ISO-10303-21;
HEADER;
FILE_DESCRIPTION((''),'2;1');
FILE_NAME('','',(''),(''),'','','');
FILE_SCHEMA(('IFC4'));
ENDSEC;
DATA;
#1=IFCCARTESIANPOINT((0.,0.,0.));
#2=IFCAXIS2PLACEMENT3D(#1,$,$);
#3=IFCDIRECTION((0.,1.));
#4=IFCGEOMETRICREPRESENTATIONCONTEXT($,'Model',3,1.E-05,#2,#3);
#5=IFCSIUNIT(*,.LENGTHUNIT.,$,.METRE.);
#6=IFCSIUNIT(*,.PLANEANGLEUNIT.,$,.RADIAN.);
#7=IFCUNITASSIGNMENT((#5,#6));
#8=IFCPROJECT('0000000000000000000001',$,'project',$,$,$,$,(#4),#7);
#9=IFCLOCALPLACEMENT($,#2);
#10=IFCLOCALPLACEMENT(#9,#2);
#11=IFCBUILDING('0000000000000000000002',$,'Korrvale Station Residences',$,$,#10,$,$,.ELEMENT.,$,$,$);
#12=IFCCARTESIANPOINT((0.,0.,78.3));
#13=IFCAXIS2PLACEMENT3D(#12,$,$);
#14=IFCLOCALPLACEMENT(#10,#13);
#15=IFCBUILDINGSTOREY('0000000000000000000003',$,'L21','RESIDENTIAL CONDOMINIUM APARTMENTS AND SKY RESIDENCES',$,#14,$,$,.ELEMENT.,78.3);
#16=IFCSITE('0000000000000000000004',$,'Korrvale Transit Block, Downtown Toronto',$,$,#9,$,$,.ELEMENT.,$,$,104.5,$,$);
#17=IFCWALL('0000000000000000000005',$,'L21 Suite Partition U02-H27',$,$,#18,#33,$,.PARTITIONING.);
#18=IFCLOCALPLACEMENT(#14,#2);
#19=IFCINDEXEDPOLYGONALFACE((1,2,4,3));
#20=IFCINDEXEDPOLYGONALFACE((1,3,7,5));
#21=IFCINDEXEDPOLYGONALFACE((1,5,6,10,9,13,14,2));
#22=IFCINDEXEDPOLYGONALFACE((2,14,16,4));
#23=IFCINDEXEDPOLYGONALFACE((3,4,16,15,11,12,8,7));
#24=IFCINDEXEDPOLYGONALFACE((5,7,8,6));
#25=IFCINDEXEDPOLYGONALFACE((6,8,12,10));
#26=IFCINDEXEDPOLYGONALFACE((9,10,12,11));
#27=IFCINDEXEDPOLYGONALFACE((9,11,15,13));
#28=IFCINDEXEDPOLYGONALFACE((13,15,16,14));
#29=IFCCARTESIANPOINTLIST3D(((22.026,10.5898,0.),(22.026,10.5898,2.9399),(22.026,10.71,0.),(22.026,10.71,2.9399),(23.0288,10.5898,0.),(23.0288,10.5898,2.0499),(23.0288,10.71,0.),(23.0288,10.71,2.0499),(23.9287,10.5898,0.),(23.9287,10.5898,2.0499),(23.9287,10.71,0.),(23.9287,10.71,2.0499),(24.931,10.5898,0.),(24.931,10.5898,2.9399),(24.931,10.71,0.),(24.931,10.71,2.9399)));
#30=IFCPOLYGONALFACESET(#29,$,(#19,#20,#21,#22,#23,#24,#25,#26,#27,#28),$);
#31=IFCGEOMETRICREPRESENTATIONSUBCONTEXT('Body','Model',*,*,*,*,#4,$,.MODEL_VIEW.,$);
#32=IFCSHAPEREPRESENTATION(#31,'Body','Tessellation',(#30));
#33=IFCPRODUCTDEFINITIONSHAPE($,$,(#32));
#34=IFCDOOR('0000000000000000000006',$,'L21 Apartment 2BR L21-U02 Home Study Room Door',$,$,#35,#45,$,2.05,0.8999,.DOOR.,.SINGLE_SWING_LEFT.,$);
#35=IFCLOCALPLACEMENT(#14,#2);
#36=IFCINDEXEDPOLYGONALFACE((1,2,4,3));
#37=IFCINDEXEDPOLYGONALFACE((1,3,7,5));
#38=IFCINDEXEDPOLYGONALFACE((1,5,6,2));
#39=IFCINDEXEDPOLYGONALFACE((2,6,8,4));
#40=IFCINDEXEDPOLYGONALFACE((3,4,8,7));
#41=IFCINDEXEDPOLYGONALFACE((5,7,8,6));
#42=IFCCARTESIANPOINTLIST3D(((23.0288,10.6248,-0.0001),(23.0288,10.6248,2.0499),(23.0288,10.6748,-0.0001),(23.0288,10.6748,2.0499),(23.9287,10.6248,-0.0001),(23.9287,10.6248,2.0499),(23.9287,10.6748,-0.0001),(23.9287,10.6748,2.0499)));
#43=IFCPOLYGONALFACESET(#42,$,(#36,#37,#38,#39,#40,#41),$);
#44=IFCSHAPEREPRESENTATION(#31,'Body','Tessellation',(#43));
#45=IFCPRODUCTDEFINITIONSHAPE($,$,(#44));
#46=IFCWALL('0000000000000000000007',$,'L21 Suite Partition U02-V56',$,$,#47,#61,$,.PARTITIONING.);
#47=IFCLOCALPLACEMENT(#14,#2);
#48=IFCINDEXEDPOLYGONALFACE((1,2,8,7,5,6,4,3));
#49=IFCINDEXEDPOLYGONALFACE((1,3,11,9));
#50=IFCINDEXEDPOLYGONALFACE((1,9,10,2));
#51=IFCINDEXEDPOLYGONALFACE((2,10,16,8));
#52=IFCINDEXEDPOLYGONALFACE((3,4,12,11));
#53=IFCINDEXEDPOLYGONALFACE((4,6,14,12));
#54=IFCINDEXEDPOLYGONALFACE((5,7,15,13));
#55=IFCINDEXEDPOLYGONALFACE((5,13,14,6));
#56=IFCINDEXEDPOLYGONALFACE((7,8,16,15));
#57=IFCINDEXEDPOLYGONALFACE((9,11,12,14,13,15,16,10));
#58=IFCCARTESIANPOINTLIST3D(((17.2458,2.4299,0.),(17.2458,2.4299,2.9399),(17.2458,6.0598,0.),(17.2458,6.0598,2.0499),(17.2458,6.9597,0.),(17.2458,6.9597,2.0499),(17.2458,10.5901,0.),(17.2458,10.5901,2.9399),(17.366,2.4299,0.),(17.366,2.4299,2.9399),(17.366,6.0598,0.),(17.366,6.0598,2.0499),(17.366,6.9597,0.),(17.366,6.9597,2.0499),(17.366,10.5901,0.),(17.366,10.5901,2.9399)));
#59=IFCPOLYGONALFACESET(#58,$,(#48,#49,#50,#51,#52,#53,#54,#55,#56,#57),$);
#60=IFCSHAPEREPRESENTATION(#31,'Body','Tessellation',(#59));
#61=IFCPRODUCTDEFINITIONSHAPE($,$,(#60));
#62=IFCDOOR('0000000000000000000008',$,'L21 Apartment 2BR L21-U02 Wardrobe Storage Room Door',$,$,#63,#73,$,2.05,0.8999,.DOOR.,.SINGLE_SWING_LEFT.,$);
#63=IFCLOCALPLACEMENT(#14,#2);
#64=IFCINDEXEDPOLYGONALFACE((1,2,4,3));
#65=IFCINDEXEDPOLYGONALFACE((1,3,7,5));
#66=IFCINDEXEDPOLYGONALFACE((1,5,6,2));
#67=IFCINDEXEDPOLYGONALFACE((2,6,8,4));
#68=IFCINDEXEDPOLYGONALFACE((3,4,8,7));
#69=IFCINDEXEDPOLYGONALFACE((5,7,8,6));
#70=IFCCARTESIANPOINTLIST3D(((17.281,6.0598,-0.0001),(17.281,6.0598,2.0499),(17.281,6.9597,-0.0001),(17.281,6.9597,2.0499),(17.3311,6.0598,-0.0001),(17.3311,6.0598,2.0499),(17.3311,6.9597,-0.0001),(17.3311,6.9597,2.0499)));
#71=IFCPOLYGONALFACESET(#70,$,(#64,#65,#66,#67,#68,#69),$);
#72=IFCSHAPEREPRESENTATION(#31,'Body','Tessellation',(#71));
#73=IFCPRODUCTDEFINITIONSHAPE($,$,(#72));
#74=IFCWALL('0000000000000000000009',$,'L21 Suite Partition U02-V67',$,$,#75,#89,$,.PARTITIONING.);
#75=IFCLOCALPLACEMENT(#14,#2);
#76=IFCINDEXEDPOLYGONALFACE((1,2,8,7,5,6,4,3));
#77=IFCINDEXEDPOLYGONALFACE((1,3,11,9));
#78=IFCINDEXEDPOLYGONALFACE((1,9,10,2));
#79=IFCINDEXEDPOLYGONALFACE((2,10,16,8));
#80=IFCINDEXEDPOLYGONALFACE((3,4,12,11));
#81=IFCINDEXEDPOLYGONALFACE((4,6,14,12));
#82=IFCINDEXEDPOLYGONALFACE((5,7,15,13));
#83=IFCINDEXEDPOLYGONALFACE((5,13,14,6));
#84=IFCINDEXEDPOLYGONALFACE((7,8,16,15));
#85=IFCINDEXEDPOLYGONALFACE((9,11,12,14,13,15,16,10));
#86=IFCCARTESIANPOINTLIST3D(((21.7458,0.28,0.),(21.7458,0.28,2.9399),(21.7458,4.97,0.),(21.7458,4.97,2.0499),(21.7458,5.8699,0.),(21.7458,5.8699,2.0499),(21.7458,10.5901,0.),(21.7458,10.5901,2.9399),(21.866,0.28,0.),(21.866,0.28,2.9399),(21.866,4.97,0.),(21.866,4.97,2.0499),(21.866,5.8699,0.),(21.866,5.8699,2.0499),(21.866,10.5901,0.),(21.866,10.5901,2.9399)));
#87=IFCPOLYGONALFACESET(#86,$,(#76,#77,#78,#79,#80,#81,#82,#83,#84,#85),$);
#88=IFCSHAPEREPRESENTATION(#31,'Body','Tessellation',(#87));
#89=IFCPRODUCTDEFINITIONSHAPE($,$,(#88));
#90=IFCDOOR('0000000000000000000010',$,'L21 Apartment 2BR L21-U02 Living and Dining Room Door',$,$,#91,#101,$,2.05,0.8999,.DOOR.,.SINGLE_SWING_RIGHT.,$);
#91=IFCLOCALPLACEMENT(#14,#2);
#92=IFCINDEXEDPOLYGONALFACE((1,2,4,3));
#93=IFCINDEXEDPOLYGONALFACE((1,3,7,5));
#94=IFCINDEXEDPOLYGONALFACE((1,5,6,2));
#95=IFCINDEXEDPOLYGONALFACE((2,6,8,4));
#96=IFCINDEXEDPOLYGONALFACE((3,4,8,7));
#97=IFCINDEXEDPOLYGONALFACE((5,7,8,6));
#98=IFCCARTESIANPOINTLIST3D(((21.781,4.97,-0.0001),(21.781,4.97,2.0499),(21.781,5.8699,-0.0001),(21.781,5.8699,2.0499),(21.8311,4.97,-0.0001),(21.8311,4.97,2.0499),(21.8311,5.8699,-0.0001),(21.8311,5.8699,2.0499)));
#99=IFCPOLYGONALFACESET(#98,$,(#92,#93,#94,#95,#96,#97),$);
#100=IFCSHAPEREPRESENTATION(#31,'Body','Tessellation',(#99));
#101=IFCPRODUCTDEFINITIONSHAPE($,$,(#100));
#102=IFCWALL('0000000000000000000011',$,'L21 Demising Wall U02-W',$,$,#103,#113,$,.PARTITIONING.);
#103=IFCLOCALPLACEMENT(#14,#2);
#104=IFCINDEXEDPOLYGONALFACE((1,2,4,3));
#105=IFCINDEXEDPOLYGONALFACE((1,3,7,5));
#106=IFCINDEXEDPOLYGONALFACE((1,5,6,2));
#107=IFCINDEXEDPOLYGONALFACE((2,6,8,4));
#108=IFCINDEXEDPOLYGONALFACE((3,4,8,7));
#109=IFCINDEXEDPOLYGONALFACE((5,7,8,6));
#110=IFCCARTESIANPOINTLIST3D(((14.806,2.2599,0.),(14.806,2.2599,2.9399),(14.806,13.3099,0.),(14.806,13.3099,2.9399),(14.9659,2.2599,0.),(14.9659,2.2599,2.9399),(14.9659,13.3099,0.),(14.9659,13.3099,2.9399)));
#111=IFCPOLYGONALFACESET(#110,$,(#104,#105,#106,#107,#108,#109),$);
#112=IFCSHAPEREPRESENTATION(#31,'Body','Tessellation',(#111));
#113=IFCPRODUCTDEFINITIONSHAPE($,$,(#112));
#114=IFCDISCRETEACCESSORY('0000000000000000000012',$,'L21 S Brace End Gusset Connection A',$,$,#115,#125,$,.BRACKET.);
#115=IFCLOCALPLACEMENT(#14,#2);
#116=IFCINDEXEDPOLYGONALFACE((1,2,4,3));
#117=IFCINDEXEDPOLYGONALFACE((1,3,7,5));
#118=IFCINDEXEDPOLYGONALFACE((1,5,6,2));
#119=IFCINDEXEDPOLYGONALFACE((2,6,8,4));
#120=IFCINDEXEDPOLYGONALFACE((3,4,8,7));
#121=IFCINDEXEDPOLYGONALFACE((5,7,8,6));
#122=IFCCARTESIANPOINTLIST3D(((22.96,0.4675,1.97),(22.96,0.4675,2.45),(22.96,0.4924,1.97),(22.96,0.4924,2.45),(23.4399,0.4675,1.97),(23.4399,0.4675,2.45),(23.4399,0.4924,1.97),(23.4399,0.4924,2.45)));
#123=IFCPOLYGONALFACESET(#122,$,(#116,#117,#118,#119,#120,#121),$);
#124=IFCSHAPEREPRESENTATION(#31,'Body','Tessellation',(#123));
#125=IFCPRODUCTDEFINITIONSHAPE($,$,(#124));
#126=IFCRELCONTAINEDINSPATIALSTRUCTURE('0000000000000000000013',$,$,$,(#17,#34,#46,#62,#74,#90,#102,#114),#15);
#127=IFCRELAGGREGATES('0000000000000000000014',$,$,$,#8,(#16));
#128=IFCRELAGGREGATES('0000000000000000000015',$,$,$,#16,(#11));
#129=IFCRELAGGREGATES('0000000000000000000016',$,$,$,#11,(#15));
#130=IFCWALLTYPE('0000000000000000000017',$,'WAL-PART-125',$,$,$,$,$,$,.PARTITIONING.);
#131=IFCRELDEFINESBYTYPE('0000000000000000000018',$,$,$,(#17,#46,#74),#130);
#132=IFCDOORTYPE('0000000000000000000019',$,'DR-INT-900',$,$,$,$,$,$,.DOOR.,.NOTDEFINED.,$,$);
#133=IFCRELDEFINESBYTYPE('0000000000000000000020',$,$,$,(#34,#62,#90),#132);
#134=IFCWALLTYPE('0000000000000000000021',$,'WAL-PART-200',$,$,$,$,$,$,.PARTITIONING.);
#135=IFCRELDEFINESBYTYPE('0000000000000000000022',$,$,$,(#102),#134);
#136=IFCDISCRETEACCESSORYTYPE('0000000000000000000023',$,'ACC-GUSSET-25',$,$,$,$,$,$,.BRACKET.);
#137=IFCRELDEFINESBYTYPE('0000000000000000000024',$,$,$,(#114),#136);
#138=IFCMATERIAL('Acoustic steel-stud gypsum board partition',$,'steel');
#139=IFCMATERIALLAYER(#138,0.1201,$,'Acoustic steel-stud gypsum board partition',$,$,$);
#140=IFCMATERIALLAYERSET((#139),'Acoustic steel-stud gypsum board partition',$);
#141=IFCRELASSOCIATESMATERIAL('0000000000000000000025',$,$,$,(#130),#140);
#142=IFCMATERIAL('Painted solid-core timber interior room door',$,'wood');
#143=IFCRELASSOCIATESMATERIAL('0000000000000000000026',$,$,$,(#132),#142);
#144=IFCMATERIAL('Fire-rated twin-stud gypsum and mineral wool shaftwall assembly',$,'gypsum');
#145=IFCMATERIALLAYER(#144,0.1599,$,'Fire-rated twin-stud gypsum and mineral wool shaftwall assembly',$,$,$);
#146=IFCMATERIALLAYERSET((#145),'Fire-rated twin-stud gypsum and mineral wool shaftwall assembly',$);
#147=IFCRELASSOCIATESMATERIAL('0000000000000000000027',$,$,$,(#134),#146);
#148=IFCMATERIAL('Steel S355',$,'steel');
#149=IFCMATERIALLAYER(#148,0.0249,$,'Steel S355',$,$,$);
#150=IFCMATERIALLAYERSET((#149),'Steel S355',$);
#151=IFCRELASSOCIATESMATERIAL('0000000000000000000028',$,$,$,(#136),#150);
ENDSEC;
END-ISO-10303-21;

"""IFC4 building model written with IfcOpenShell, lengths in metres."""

from ifc_helpers import new_model, si_unit, direction, frame, frame_2d, origin, origin_2d, place, context, subcontext, project, spatial, rectangle, extrude, material, layer, layer_set, type_object, element, fill, save


model = new_model("IFC4")

# Units and contexts
model_context = context("Model", 3, precision=1e-05, world=origin(), true_north=direction((0.0, 1.0)))
body_context = subcontext(model_context, "Body", "Model", "MODEL_VIEW")
ifc_project = project(units=[si_unit("LENGTHUNIT", "METRE"), si_unit("PLANEANGLEUNIT", "RADIAN")], contexts=[model_context])

# Site, building, storey
site_placement = place(None, origin())
site = spatial("IfcSite", under=ifc_project, at=site_placement, Name="Korrvale Transit Block, Downtown Toronto", CompositionType="ELEMENT", RefElevation=104.5)
building_placement = place(site_placement, origin())
building = spatial("IfcBuilding", under=site, at=building_placement, Name="Korrvale Station Residences", CompositionType="ELEMENT")
storey_placement = place(building_placement, frame((0.0, 0.0, 78.3)))
storey = spatial("IfcBuildingStorey", under=building, at=storey_placement, Name="L21", Description="RESIDENTIAL CONDOMINIUM APARTMENTS AND SKY RESIDENCES", CompositionType="ELEMENT", Elevation=78.3)

# Shared definitions
ifc_material_1 = material(Name="Steel S355", Category="steel")

# Shared definitions
ifc_material_2 = material(Name="Acoustic steel-stud gypsum board partition", Category="steel")
ifc_layer_1 = layer(ifc_material_2, 0.1201, Name="Acoustic steel-stud gypsum board partition")
ifc_layer_set_1 = layer_set([ifc_layer_1], Name="Acoustic steel-stud gypsum board partition")
wall_type_1 = type_object("IfcWallType", Name="WAL-PART-125", PredefinedType="PARTITIONING", material=ifc_layer_set_1)

# Walls, openings, doors
ifc_material_3 = material(Name="Painted solid-core timber interior room door", Category="wood")
door_type_1 = type_object("IfcDoorType", Name="DR-INT-900", OperationType="NOTDEFINED", PredefinedType="DOOR", material=ifc_material_3)
wall_1_placement = place(storey_placement, frame((22.0259, 10.6499, 0.0), z_axis=(0.0, 0.0, 1.0), x_axis=(1.0, 0.0, 0.0)))
wall_1 = element("IfcWall", 1, at=wall_1_placement, inside=storey, type_object=wall_type_1, Name="L21 Suite Partition U02-H27", PredefinedType="PARTITIONING", context=body_context, shape_type="SweptSolid", body=[
    extrude(rectangle(XDim=2.905, YDim=0.1201, at=frame_2d((1.4526, 0.0))), origin(), (0.0, 0.0, 1.0), 2.9399),
])
opening_1_placement = place(wall_1_placement, frame((1.0029, 0.0, 0.0)))
opening_1 = element("IfcOpeningElement", 2, at=opening_1_placement, cuts=wall_1, PredefinedType="OPENING", context=body_context, shape_type="SweptSolid", body=[
    extrude(rectangle(XDim=0.8999, YDim=2.05, at=frame_2d((0.45, 1.0249))), frame((0.0, 0.0701, 0.0), z_axis=(0.0, -1.0, 0.0), x_axis=(1.0, 0.0, 0.0)), (0.0, 0.0, 1.0), 0.1401),
])
door_1_placement = place(opening_1_placement, origin())
door_1 = element("IfcDoor", 3, at=door_1_placement, inside=storey, type_object=door_type_1, Name="L21 Apartment 2BR L21-U02 Home Study Room Door", OperationType="SINGLE_SWING_LEFT", OverallHeight=2.05, OverallWidth=0.8999, PredefinedType="DOOR", context=body_context, shape_type="SweptSolid", body=[
    extrude(rectangle(XDim=0.8999, YDim=2.05, at=frame_2d((0.45, 1.0249))), frame((0.0, 0.0249, 0.0), z_axis=(0.0, -1.0, 0.0), x_axis=(1.0, 0.0, 0.0)), (0.0, 0.0, 1.0), 0.05),
])
fill(opening_1, door_1)
wall_2_placement = place(storey_placement, frame((17.3059, 2.4299, 0.0), z_axis=(0.0, 0.0, 1.0), x_axis=(0.0, 1.0, 0.0)))
wall_2 = element("IfcWall", 4, at=wall_2_placement, inside=storey, type_object=wall_type_1, Name="L21 Suite Partition U02-V56", PredefinedType="PARTITIONING", context=body_context, shape_type="SweptSolid", body=[
    extrude(rectangle(XDim=8.1602, YDim=0.1201, at=frame_2d((4.0801, 0.0))), origin(), (0.0, 0.0, 1.0), 2.9399),
])
opening_2_placement = place(wall_2_placement, frame((3.6299, 0.0, 0.0)))
opening_2 = element("IfcOpeningElement", 5, at=opening_2_placement, cuts=wall_2, PredefinedType="OPENING", context=body_context, shape_type="SweptSolid", body=[
    extrude(rectangle(XDim=0.8999, YDim=2.05, at=frame_2d((0.45, 1.0249))), frame((0.0, 0.0701, 0.0), z_axis=(0.0, -1.0, 0.0), x_axis=(1.0, 0.0, 0.0)), (0.0, 0.0, 1.0), 0.1401),
])
door_2_placement = place(opening_2_placement, origin())
door_2 = element("IfcDoor", 6, at=door_2_placement, inside=storey, type_object=door_type_1, Name="L21 Apartment 2BR L21-U02 Wardrobe Storage Room Door", OperationType="SINGLE_SWING_LEFT", OverallHeight=2.05, OverallWidth=0.8999, PredefinedType="DOOR", context=body_context, shape_type="SweptSolid", body=[
    extrude(rectangle(XDim=0.8999, YDim=2.05, at=frame_2d((0.45, 1.0249))), frame((0.0, 0.0249, 0.0), z_axis=(0.0, -1.0, 0.0), x_axis=(1.0, 0.0, 0.0)), (0.0, 0.0, 1.0), 0.05),
])
fill(opening_2, door_2)
wall_3_placement = place(storey_placement, frame((21.8059, 0.28, 0.0), z_axis=(0.0, 0.0, 1.0), x_axis=(0.0, 1.0, 0.0)))
wall_3 = element("IfcWall", 7, at=wall_3_placement, inside=storey, type_object=wall_type_1, Name="L21 Suite Partition U02-V67", PredefinedType="PARTITIONING", context=body_context, shape_type="SweptSolid", body=[
    extrude(rectangle(XDim=10.3101, YDim=0.1201, at=frame_2d((5.155, 0.0))), origin(), (0.0, 0.0, 1.0), 2.9399),
])
opening_3_placement = place(wall_3_placement, frame((4.6899, 0.0, 0.0)))
opening_3 = element("IfcOpeningElement", 8, at=opening_3_placement, cuts=wall_3, PredefinedType="OPENING", context=body_context, shape_type="SweptSolid", body=[
    extrude(rectangle(XDim=0.8999, YDim=2.05, at=frame_2d((0.45, 1.0249))), frame((0.0, 0.0701, 0.0), z_axis=(0.0, -1.0, 0.0), x_axis=(1.0, 0.0, 0.0)), (0.0, 0.0, 1.0), 0.1401),
])
door_3_placement = place(opening_3_placement, origin())
door_3 = element("IfcDoor", 9, at=door_3_placement, inside=storey, type_object=door_type_1, Name="L21 Apartment 2BR L21-U02 Living and Dining Room Door", OperationType="SINGLE_SWING_RIGHT", OverallHeight=2.05, OverallWidth=0.8999, PredefinedType="DOOR", context=body_context, shape_type="SweptSolid", body=[
    extrude(rectangle(XDim=0.8999, YDim=2.05, at=frame_2d((0.45, 1.0249))), frame((0.0, 0.0249, 0.0), z_axis=(0.0, -1.0, 0.0), x_axis=(1.0, 0.0, 0.0)), (0.0, 0.0, 1.0), 0.05),
])
fill(opening_3, door_3)

# Wall
ifc_material_4 = material(Name="Fire-rated twin-stud gypsum and mineral wool shaftwall assembly", Category="gypsum")
ifc_layer_2 = layer(ifc_material_4, 0.1599, Name="Fire-rated twin-stud gypsum and mineral wool shaftwall assembly")
ifc_layer_set_2 = layer_set([ifc_layer_2], Name="Fire-rated twin-stud gypsum and mineral wool shaftwall assembly")
wall_type_2 = type_object("IfcWallType", Name="WAL-PART-200", PredefinedType="PARTITIONING", material=ifc_layer_set_2)
wall_4_placement = place(storey_placement, frame((14.886, 2.26, 0.0), z_axis=(0.0, 0.0, 1.0), x_axis=(0.0, 1.0, 0.0)))
element("IfcWall", 10, at=wall_4_placement, inside=storey, type_object=wall_type_2, Name="L21 Demising Wall U02-W", PredefinedType="PARTITIONING", context=body_context, shape_type="SweptSolid", body=[
    extrude(rectangle(XDim=11.05, YDim=0.1599, at=frame_2d((5.5249, 0.0))), origin(), (0.0, 0.0, 1.0), 2.9399),
])

# Discrete accessory
ifc_layer_3 = layer(ifc_material_1, 0.0249, Name="Steel S355")
ifc_layer_set_3 = layer_set([ifc_layer_3], Name="Steel S355")
discrete_accessory_type = type_object("IfcDiscreteAccessoryType", Name="ACC-GUSSET-25", PredefinedType="BRACKET", material=ifc_layer_set_3)
discrete_accessory_placement = place(storey_placement, frame((23.2, 0.48, 1.97), z_axis=(0.0, 0.0, 1.0), x_axis=(1.0, 0.0, 0.0)))
element("IfcDiscreteAccessory", 11, at=discrete_accessory_placement, inside=storey, type_object=discrete_accessory_type, Name="L21 S Brace End Gusset Connection A", PredefinedType="BRACKET", context=body_context, shape_type="SweptSolid", body=[
    extrude(rectangle(XDim=0.48, YDim=0.0249, at=origin_2d()), origin(), (0.0, 0.0, 1.0), 0.48),
])

save(model, "model.ifc")
